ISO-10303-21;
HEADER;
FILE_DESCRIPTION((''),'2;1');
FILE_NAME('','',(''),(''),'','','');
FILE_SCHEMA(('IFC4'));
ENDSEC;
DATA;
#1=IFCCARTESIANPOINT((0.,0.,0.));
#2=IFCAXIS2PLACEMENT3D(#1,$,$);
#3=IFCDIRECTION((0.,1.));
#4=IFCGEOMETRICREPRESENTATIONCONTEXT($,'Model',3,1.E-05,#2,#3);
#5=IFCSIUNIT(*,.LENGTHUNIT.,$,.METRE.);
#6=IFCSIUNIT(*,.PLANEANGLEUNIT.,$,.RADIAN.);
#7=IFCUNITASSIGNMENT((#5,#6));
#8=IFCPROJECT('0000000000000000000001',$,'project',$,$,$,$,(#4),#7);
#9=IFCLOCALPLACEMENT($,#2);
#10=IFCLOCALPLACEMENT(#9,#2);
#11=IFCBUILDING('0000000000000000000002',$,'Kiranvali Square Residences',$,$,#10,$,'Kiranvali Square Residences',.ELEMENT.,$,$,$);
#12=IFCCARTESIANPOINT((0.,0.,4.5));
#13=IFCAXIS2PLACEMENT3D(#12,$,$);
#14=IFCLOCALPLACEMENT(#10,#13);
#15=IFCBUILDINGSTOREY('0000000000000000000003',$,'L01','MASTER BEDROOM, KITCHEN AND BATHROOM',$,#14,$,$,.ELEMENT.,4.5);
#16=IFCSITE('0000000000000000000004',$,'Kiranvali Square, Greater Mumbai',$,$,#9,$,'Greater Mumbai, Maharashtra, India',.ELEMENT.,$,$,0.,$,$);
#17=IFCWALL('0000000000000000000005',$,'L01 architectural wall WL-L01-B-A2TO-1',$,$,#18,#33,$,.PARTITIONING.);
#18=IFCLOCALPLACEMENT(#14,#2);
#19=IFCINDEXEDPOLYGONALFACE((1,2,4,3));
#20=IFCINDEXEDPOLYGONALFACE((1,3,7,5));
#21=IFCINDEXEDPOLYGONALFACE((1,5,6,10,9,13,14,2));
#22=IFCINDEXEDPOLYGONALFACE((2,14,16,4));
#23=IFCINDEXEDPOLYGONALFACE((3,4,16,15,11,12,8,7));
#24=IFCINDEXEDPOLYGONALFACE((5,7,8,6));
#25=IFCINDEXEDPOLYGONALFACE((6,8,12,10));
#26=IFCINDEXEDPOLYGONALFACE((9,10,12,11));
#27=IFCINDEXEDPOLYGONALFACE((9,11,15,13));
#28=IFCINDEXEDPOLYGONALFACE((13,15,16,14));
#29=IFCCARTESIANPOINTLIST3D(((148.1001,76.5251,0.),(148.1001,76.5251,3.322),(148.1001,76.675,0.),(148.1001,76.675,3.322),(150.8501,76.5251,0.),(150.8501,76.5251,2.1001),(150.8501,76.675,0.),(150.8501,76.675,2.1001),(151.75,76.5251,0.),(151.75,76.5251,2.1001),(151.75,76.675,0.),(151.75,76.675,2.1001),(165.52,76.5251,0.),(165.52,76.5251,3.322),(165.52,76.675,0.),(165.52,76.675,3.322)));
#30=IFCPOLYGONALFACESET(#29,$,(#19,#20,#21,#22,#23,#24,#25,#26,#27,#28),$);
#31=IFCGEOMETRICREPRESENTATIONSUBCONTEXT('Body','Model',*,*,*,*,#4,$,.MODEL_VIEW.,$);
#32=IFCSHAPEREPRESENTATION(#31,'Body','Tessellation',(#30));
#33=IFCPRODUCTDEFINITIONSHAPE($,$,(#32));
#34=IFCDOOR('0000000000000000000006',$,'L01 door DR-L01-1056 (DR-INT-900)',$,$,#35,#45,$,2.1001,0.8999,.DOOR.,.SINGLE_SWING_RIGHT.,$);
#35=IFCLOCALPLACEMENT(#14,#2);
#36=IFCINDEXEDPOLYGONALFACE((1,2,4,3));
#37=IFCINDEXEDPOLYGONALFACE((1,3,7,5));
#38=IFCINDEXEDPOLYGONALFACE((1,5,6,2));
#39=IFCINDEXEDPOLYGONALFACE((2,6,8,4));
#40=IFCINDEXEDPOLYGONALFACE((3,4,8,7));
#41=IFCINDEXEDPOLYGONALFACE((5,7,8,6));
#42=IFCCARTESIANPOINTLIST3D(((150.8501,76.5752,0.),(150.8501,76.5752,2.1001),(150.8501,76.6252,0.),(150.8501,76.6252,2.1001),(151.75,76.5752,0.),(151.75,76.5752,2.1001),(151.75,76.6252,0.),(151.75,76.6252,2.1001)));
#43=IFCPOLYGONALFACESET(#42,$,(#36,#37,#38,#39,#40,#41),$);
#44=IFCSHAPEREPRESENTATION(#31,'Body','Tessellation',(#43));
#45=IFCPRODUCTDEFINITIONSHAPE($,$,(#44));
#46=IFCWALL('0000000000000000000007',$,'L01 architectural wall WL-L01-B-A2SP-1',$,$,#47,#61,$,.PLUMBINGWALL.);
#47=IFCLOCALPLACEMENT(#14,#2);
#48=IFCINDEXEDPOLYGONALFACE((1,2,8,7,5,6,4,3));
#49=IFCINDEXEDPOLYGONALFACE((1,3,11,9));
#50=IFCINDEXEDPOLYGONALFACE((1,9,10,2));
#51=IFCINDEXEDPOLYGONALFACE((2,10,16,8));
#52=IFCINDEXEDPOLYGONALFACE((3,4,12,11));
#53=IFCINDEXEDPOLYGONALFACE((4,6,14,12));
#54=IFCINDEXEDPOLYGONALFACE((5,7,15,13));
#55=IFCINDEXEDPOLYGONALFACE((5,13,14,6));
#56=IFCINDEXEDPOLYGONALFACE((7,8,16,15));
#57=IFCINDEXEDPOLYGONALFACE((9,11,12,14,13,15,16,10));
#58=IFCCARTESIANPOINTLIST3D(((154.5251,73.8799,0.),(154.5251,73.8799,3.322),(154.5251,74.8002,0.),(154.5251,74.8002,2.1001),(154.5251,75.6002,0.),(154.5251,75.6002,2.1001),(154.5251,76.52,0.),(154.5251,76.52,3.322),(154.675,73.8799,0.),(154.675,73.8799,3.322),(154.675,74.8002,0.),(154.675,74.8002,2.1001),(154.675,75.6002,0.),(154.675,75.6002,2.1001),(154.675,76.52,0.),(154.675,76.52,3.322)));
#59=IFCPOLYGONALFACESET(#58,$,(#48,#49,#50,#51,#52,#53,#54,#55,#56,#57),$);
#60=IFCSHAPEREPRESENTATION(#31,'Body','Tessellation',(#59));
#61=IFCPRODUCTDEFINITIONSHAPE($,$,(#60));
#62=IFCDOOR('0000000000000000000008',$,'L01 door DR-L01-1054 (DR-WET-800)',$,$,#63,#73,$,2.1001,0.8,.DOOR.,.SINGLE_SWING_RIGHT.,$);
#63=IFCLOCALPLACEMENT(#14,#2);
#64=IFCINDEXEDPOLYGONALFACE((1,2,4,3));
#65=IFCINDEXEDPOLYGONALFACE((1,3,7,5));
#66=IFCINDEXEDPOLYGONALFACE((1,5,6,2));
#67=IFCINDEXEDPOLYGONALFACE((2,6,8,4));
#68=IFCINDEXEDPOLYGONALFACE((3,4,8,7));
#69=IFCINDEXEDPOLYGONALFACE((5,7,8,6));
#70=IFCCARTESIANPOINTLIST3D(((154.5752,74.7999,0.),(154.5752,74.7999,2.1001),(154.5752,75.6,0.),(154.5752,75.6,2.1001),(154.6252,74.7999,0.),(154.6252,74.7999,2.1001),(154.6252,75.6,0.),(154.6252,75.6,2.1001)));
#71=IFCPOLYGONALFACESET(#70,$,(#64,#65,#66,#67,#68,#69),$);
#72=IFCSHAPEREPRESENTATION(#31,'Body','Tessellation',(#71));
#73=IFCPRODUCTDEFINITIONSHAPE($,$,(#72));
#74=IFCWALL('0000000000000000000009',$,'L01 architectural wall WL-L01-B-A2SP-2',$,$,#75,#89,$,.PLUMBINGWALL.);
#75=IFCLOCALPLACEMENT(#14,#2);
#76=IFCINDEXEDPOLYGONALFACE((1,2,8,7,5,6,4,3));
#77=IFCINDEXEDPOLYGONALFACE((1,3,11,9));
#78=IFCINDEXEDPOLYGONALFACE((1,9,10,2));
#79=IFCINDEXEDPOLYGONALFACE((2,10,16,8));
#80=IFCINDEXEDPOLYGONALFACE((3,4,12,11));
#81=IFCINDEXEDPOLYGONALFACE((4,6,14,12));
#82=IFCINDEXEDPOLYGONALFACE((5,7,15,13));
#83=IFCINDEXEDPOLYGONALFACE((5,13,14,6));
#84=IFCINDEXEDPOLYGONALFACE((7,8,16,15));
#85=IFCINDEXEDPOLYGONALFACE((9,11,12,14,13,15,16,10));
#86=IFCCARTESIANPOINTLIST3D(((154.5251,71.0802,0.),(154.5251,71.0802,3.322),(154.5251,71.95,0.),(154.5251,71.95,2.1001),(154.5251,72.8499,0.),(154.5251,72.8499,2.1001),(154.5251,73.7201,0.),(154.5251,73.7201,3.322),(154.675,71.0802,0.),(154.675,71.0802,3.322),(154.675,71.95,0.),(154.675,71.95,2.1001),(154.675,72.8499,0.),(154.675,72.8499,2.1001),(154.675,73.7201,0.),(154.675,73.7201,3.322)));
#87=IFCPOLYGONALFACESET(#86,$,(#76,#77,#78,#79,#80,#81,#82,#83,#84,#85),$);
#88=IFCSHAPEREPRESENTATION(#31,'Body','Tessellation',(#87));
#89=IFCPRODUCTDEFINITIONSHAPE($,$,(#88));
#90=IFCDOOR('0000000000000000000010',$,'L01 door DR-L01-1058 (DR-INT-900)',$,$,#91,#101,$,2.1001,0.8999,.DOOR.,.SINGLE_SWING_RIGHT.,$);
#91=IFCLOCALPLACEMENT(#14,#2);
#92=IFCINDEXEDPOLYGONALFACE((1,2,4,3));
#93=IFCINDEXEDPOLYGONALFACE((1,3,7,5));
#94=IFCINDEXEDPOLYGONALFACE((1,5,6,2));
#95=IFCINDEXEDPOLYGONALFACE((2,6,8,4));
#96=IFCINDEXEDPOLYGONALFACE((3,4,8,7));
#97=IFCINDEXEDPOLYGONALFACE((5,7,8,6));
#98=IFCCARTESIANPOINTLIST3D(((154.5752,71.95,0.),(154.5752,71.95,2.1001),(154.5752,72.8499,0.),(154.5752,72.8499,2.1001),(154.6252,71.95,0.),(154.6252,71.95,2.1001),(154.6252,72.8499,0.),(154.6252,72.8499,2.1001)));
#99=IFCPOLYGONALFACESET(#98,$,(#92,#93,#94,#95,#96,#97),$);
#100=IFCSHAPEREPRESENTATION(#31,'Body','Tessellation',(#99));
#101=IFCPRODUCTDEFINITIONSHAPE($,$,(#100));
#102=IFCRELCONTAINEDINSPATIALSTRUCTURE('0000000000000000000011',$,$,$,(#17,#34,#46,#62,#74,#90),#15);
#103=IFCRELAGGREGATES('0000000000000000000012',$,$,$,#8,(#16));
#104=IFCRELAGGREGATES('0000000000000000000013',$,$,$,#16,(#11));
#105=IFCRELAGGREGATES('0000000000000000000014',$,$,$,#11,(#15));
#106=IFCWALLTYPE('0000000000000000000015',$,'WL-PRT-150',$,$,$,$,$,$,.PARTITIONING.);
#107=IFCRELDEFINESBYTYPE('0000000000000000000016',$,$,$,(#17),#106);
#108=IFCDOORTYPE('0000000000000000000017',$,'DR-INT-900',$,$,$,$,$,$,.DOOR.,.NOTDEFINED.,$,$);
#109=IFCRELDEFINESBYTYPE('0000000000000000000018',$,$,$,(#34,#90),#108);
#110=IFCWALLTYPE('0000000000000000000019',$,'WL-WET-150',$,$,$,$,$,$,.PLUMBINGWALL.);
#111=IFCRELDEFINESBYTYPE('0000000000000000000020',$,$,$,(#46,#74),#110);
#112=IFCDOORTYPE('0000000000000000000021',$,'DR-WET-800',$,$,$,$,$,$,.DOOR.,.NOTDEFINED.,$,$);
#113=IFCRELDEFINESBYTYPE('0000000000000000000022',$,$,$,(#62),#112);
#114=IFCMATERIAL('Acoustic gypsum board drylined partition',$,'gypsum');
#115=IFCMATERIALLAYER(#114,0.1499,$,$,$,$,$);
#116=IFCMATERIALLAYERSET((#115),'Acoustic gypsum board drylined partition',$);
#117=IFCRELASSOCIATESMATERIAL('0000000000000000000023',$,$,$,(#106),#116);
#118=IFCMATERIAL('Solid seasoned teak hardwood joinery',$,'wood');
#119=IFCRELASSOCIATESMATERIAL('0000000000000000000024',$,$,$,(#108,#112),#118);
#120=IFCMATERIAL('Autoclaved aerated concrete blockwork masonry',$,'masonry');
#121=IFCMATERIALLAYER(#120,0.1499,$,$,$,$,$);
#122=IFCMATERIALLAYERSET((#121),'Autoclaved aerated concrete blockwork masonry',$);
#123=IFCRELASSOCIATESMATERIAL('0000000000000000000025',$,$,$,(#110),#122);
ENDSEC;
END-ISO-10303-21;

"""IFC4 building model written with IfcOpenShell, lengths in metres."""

from ifc_helpers import new_model, si_unit, direction, frame, frame_2d, origin, place, context, subcontext, project, spatial, rectangle, extrude, material, layer, layer_set, type_object, element, fill, save


model = new_model("IFC4")

# Units and contexts
model_context = context("Model", 3, precision=1e-05, world=origin(), true_north=direction((0.0, 1.0)))
body_context = subcontext(model_context, "Body", "Model", "MODEL_VIEW")
ifc_project = project(units=[si_unit("LENGTHUNIT", "METRE"), si_unit("PLANEANGLEUNIT", "RADIAN")], contexts=[model_context])

# Site, building, storey
site_placement = place(None, origin())
site = spatial("IfcSite", under=ifc_project, at=site_placement, Name="Kiranvali Square, Greater Mumbai", LongName="Greater Mumbai, Maharashtra, India", CompositionType="ELEMENT", RefElevation=0.0)
building_placement = place(site_placement, origin())
building = spatial("IfcBuilding", under=site, at=building_placement, Name="Kiranvali Square Residences", LongName="Kiranvali Square Residences", CompositionType="ELEMENT")
storey_placement = place(building_placement, frame((0.0, 0.0, 4.5)))
storey = spatial("IfcBuildingStorey", under=building, at=storey_placement, Name="L01", Description="MASTER BEDROOM, KITCHEN AND BATHROOM", CompositionType="ELEMENT", Elevation=4.5)

# Shared definitions
ifc_material_1 = material(Name="Autoclaved aerated concrete blockwork masonry", Category="masonry")

# Walls, openings, doors
ifc_material_2 = material(Name="Acoustic gypsum board drylined partition", Category="gypsum")
ifc_layer_1 = layer(ifc_material_2, 0.1499)
ifc_layer_set_1 = layer_set([ifc_layer_1], Name="Acoustic gypsum board drylined partition")
wall_type_1 = type_object("IfcWallType", Name="WL-PRT-150", PredefinedType="PARTITIONING", material=ifc_layer_set_1)
wall_1_placement = place(storey_placement, frame((148.1001, 76.6001, 0.0), z_axis=(0.0, 0.0, 1.0), x_axis=(1.0, 0.0, 0.0)))
wall_1 = element("IfcWall", 1, at=wall_1_placement, inside=storey, type_object=wall_type_1, Name="L01 architectural wall WL-L01-B-A2TO-1", PredefinedType="PARTITIONING", context=body_context, shape_type="SweptSolid", body=[
    extrude(rectangle(XDim=17.4199, YDim=0.1499, at=frame_2d((8.71, 0.0))), origin(), (0.0, 0.0, 1.0), 3.322),
])
opening_1_placement = place(wall_1_placement, frame((2.75, 0.0, 0.0)))
opening_1 = element("IfcOpeningElement", 2, at=opening_1_placement, cuts=wall_1, PredefinedType="OPENING", context=body_context, shape_type="SweptSolid", body=[
    extrude(rectangle(XDim=0.8999, YDim=2.1001, at=frame_2d((0.45, 1.05))), frame((0.0, 0.085, 0.0), z_axis=(0.0, -1.0, 0.0), x_axis=(1.0, 0.0, 0.0)), (0.0, 0.0, 1.0), 0.1699),
])
ifc_material_3 = material(Name="Solid seasoned teak hardwood joinery", Category="wood")
door_type_1 = type_object("IfcDoorType", Name="DR-INT-900", OperationType="NOTDEFINED", PredefinedType="DOOR", material=ifc_material_3)
door_1_placement = place(opening_1_placement, frame((0.8999, 0.0, 0.0), z_axis=(0.0, 0.0, 1.0), x_axis=(-1.0, 0.0, 0.0)))
door_1 = element("IfcDoor", 3, at=door_1_placement, inside=storey, type_object=door_type_1, Name="L01 door DR-L01-1056 (DR-INT-900)", OperationType="SINGLE_SWING_RIGHT", OverallHeight=2.1001, OverallWidth=0.8999, PredefinedType="DOOR", context=body_context, shape_type="SweptSolid", body=[
    extrude(rectangle(XDim=0.8999, YDim=2.1001, at=frame_2d((0.45, 1.05))), frame((0.0, 0.0249, 0.0), z_axis=(0.0, -1.0, 0.0), x_axis=(1.0, 0.0, 0.0)), (0.0, 0.0, 1.0), 0.05),
])
fill(opening_1, door_1)
ifc_layer_2 = layer(ifc_material_1, 0.1499)
ifc_layer_set_2 = layer_set([ifc_layer_2], Name="Autoclaved aerated concrete blockwork masonry")
wall_type_2 = type_object("IfcWallType", Name="WL-WET-150", PredefinedType="PLUMBINGWALL", material=ifc_layer_set_2)
wall_2_placement = place(storey_placement, frame((154.6001, 76.52, 0.0), z_axis=(0.0, 0.0, 1.0), x_axis=(0.0, -1.0, 0.0)))
wall_2 = element("IfcWall", 4, at=wall_2_placement, inside=storey, type_object=wall_type_2, Name="L01 architectural wall WL-L01-B-A2SP-1", PredefinedType="PLUMBINGWALL", context=body_context, shape_type="SweptSolid", body=[
    extrude(rectangle(XDim=2.6401, YDim=0.1499, at=frame_2d((1.3201, 0.0))), origin(), (0.0, 0.0, 1.0), 3.322),
])
opening_2_placement = place(wall_2_placement, frame((0.9199, 0.0, 0.0)))
opening_2 = element("IfcOpeningElement", 5, at=opening_2_placement, cuts=wall_2, PredefinedType="OPENING", context=body_context, shape_type="SweptSolid", body=[
    extrude(rectangle(XDim=0.8, YDim=2.1001, at=frame_2d((0.3999, 1.05))), frame((0.0, 0.085, 0.0), z_axis=(0.0, -1.0, 0.0), x_axis=(1.0, 0.0, 0.0)), (0.0, 0.0, 1.0), 0.1699),
])
door_type_2 = type_object("IfcDoorType", Name="DR-WET-800", OperationType="NOTDEFINED", PredefinedType="DOOR", material=ifc_material_3)
door_2_placement = place(opening_2_placement, frame((0.8, 0.0, 0.0), z_axis=(0.0, 0.0, 1.0), x_axis=(-1.0, 0.0, 0.0)))
door_2 = element("IfcDoor", 6, at=door_2_placement, inside=storey, type_object=door_type_2, Name="L01 door DR-L01-1054 (DR-WET-800)", OperationType="SINGLE_SWING_RIGHT", OverallHeight=2.1001, OverallWidth=0.8, PredefinedType="DOOR", context=body_context, shape_type="SweptSolid", body=[
    extrude(rectangle(XDim=0.8, YDim=2.1001, at=frame_2d((0.3999, 1.05))), frame((0.0, 0.0249, 0.0), z_axis=(0.0, -1.0, 0.0), x_axis=(1.0, 0.0, 0.0)), (0.0, 0.0, 1.0), 0.05),
])
fill(opening_2, door_2)
wall_3_placement = place(storey_placement, frame((154.6001, 73.72, 0.0), z_axis=(0.0, 0.0, 1.0), x_axis=(0.0, -1.0, 0.0)))
wall_3 = element("IfcWall", 7, at=wall_3_placement, inside=storey, type_object=wall_type_2, Name="L01 architectural wall WL-L01-B-A2SP-2", PredefinedType="PLUMBINGWALL", context=body_context, shape_type="SweptSolid", body=[
    extrude(rectangle(XDim=2.6399, YDim=0.1499, at=frame_2d((1.3198, 0.0))), origin(), (0.0, 0.0, 1.0), 3.322),
])
opening_3_placement = place(wall_3_placement, frame((0.8701, 0.0, 0.0)))
opening_3 = element("IfcOpeningElement", 8, at=opening_3_placement, cuts=wall_3, PredefinedType="OPENING", context=body_context, shape_type="SweptSolid", body=[
    extrude(rectangle(XDim=0.8999, YDim=2.1001, at=frame_2d((0.45, 1.05))), frame((0.0, 0.085, 0.0), z_axis=(0.0, -1.0, 0.0), x_axis=(1.0, 0.0, 0.0)), (0.0, 0.0, 1.0), 0.1699),
])
door_3_placement = place(opening_3_placement, frame((0.8999, 0.0, 0.0), z_axis=(0.0, 0.0, 1.0), x_axis=(-1.0, 0.0, 0.0)))
door_3 = element("IfcDoor", 9, at=door_3_placement, inside=storey, type_object=door_type_1, Name="L01 door DR-L01-1058 (DR-INT-900)", OperationType="SINGLE_SWING_RIGHT", OverallHeight=2.1001, OverallWidth=0.8999, PredefinedType="DOOR", context=body_context, shape_type="SweptSolid", body=[
    extrude(rectangle(XDim=0.8999, YDim=2.1001, at=frame_2d((0.45, 1.05))), frame((0.0, 0.0249, 0.0), z_axis=(0.0, -1.0, 0.0), x_axis=(1.0, 0.0, 0.0)), (0.0, 0.0, 1.0), 0.05),
])
fill(opening_3, door_3)

save(model, "model.ifc")
